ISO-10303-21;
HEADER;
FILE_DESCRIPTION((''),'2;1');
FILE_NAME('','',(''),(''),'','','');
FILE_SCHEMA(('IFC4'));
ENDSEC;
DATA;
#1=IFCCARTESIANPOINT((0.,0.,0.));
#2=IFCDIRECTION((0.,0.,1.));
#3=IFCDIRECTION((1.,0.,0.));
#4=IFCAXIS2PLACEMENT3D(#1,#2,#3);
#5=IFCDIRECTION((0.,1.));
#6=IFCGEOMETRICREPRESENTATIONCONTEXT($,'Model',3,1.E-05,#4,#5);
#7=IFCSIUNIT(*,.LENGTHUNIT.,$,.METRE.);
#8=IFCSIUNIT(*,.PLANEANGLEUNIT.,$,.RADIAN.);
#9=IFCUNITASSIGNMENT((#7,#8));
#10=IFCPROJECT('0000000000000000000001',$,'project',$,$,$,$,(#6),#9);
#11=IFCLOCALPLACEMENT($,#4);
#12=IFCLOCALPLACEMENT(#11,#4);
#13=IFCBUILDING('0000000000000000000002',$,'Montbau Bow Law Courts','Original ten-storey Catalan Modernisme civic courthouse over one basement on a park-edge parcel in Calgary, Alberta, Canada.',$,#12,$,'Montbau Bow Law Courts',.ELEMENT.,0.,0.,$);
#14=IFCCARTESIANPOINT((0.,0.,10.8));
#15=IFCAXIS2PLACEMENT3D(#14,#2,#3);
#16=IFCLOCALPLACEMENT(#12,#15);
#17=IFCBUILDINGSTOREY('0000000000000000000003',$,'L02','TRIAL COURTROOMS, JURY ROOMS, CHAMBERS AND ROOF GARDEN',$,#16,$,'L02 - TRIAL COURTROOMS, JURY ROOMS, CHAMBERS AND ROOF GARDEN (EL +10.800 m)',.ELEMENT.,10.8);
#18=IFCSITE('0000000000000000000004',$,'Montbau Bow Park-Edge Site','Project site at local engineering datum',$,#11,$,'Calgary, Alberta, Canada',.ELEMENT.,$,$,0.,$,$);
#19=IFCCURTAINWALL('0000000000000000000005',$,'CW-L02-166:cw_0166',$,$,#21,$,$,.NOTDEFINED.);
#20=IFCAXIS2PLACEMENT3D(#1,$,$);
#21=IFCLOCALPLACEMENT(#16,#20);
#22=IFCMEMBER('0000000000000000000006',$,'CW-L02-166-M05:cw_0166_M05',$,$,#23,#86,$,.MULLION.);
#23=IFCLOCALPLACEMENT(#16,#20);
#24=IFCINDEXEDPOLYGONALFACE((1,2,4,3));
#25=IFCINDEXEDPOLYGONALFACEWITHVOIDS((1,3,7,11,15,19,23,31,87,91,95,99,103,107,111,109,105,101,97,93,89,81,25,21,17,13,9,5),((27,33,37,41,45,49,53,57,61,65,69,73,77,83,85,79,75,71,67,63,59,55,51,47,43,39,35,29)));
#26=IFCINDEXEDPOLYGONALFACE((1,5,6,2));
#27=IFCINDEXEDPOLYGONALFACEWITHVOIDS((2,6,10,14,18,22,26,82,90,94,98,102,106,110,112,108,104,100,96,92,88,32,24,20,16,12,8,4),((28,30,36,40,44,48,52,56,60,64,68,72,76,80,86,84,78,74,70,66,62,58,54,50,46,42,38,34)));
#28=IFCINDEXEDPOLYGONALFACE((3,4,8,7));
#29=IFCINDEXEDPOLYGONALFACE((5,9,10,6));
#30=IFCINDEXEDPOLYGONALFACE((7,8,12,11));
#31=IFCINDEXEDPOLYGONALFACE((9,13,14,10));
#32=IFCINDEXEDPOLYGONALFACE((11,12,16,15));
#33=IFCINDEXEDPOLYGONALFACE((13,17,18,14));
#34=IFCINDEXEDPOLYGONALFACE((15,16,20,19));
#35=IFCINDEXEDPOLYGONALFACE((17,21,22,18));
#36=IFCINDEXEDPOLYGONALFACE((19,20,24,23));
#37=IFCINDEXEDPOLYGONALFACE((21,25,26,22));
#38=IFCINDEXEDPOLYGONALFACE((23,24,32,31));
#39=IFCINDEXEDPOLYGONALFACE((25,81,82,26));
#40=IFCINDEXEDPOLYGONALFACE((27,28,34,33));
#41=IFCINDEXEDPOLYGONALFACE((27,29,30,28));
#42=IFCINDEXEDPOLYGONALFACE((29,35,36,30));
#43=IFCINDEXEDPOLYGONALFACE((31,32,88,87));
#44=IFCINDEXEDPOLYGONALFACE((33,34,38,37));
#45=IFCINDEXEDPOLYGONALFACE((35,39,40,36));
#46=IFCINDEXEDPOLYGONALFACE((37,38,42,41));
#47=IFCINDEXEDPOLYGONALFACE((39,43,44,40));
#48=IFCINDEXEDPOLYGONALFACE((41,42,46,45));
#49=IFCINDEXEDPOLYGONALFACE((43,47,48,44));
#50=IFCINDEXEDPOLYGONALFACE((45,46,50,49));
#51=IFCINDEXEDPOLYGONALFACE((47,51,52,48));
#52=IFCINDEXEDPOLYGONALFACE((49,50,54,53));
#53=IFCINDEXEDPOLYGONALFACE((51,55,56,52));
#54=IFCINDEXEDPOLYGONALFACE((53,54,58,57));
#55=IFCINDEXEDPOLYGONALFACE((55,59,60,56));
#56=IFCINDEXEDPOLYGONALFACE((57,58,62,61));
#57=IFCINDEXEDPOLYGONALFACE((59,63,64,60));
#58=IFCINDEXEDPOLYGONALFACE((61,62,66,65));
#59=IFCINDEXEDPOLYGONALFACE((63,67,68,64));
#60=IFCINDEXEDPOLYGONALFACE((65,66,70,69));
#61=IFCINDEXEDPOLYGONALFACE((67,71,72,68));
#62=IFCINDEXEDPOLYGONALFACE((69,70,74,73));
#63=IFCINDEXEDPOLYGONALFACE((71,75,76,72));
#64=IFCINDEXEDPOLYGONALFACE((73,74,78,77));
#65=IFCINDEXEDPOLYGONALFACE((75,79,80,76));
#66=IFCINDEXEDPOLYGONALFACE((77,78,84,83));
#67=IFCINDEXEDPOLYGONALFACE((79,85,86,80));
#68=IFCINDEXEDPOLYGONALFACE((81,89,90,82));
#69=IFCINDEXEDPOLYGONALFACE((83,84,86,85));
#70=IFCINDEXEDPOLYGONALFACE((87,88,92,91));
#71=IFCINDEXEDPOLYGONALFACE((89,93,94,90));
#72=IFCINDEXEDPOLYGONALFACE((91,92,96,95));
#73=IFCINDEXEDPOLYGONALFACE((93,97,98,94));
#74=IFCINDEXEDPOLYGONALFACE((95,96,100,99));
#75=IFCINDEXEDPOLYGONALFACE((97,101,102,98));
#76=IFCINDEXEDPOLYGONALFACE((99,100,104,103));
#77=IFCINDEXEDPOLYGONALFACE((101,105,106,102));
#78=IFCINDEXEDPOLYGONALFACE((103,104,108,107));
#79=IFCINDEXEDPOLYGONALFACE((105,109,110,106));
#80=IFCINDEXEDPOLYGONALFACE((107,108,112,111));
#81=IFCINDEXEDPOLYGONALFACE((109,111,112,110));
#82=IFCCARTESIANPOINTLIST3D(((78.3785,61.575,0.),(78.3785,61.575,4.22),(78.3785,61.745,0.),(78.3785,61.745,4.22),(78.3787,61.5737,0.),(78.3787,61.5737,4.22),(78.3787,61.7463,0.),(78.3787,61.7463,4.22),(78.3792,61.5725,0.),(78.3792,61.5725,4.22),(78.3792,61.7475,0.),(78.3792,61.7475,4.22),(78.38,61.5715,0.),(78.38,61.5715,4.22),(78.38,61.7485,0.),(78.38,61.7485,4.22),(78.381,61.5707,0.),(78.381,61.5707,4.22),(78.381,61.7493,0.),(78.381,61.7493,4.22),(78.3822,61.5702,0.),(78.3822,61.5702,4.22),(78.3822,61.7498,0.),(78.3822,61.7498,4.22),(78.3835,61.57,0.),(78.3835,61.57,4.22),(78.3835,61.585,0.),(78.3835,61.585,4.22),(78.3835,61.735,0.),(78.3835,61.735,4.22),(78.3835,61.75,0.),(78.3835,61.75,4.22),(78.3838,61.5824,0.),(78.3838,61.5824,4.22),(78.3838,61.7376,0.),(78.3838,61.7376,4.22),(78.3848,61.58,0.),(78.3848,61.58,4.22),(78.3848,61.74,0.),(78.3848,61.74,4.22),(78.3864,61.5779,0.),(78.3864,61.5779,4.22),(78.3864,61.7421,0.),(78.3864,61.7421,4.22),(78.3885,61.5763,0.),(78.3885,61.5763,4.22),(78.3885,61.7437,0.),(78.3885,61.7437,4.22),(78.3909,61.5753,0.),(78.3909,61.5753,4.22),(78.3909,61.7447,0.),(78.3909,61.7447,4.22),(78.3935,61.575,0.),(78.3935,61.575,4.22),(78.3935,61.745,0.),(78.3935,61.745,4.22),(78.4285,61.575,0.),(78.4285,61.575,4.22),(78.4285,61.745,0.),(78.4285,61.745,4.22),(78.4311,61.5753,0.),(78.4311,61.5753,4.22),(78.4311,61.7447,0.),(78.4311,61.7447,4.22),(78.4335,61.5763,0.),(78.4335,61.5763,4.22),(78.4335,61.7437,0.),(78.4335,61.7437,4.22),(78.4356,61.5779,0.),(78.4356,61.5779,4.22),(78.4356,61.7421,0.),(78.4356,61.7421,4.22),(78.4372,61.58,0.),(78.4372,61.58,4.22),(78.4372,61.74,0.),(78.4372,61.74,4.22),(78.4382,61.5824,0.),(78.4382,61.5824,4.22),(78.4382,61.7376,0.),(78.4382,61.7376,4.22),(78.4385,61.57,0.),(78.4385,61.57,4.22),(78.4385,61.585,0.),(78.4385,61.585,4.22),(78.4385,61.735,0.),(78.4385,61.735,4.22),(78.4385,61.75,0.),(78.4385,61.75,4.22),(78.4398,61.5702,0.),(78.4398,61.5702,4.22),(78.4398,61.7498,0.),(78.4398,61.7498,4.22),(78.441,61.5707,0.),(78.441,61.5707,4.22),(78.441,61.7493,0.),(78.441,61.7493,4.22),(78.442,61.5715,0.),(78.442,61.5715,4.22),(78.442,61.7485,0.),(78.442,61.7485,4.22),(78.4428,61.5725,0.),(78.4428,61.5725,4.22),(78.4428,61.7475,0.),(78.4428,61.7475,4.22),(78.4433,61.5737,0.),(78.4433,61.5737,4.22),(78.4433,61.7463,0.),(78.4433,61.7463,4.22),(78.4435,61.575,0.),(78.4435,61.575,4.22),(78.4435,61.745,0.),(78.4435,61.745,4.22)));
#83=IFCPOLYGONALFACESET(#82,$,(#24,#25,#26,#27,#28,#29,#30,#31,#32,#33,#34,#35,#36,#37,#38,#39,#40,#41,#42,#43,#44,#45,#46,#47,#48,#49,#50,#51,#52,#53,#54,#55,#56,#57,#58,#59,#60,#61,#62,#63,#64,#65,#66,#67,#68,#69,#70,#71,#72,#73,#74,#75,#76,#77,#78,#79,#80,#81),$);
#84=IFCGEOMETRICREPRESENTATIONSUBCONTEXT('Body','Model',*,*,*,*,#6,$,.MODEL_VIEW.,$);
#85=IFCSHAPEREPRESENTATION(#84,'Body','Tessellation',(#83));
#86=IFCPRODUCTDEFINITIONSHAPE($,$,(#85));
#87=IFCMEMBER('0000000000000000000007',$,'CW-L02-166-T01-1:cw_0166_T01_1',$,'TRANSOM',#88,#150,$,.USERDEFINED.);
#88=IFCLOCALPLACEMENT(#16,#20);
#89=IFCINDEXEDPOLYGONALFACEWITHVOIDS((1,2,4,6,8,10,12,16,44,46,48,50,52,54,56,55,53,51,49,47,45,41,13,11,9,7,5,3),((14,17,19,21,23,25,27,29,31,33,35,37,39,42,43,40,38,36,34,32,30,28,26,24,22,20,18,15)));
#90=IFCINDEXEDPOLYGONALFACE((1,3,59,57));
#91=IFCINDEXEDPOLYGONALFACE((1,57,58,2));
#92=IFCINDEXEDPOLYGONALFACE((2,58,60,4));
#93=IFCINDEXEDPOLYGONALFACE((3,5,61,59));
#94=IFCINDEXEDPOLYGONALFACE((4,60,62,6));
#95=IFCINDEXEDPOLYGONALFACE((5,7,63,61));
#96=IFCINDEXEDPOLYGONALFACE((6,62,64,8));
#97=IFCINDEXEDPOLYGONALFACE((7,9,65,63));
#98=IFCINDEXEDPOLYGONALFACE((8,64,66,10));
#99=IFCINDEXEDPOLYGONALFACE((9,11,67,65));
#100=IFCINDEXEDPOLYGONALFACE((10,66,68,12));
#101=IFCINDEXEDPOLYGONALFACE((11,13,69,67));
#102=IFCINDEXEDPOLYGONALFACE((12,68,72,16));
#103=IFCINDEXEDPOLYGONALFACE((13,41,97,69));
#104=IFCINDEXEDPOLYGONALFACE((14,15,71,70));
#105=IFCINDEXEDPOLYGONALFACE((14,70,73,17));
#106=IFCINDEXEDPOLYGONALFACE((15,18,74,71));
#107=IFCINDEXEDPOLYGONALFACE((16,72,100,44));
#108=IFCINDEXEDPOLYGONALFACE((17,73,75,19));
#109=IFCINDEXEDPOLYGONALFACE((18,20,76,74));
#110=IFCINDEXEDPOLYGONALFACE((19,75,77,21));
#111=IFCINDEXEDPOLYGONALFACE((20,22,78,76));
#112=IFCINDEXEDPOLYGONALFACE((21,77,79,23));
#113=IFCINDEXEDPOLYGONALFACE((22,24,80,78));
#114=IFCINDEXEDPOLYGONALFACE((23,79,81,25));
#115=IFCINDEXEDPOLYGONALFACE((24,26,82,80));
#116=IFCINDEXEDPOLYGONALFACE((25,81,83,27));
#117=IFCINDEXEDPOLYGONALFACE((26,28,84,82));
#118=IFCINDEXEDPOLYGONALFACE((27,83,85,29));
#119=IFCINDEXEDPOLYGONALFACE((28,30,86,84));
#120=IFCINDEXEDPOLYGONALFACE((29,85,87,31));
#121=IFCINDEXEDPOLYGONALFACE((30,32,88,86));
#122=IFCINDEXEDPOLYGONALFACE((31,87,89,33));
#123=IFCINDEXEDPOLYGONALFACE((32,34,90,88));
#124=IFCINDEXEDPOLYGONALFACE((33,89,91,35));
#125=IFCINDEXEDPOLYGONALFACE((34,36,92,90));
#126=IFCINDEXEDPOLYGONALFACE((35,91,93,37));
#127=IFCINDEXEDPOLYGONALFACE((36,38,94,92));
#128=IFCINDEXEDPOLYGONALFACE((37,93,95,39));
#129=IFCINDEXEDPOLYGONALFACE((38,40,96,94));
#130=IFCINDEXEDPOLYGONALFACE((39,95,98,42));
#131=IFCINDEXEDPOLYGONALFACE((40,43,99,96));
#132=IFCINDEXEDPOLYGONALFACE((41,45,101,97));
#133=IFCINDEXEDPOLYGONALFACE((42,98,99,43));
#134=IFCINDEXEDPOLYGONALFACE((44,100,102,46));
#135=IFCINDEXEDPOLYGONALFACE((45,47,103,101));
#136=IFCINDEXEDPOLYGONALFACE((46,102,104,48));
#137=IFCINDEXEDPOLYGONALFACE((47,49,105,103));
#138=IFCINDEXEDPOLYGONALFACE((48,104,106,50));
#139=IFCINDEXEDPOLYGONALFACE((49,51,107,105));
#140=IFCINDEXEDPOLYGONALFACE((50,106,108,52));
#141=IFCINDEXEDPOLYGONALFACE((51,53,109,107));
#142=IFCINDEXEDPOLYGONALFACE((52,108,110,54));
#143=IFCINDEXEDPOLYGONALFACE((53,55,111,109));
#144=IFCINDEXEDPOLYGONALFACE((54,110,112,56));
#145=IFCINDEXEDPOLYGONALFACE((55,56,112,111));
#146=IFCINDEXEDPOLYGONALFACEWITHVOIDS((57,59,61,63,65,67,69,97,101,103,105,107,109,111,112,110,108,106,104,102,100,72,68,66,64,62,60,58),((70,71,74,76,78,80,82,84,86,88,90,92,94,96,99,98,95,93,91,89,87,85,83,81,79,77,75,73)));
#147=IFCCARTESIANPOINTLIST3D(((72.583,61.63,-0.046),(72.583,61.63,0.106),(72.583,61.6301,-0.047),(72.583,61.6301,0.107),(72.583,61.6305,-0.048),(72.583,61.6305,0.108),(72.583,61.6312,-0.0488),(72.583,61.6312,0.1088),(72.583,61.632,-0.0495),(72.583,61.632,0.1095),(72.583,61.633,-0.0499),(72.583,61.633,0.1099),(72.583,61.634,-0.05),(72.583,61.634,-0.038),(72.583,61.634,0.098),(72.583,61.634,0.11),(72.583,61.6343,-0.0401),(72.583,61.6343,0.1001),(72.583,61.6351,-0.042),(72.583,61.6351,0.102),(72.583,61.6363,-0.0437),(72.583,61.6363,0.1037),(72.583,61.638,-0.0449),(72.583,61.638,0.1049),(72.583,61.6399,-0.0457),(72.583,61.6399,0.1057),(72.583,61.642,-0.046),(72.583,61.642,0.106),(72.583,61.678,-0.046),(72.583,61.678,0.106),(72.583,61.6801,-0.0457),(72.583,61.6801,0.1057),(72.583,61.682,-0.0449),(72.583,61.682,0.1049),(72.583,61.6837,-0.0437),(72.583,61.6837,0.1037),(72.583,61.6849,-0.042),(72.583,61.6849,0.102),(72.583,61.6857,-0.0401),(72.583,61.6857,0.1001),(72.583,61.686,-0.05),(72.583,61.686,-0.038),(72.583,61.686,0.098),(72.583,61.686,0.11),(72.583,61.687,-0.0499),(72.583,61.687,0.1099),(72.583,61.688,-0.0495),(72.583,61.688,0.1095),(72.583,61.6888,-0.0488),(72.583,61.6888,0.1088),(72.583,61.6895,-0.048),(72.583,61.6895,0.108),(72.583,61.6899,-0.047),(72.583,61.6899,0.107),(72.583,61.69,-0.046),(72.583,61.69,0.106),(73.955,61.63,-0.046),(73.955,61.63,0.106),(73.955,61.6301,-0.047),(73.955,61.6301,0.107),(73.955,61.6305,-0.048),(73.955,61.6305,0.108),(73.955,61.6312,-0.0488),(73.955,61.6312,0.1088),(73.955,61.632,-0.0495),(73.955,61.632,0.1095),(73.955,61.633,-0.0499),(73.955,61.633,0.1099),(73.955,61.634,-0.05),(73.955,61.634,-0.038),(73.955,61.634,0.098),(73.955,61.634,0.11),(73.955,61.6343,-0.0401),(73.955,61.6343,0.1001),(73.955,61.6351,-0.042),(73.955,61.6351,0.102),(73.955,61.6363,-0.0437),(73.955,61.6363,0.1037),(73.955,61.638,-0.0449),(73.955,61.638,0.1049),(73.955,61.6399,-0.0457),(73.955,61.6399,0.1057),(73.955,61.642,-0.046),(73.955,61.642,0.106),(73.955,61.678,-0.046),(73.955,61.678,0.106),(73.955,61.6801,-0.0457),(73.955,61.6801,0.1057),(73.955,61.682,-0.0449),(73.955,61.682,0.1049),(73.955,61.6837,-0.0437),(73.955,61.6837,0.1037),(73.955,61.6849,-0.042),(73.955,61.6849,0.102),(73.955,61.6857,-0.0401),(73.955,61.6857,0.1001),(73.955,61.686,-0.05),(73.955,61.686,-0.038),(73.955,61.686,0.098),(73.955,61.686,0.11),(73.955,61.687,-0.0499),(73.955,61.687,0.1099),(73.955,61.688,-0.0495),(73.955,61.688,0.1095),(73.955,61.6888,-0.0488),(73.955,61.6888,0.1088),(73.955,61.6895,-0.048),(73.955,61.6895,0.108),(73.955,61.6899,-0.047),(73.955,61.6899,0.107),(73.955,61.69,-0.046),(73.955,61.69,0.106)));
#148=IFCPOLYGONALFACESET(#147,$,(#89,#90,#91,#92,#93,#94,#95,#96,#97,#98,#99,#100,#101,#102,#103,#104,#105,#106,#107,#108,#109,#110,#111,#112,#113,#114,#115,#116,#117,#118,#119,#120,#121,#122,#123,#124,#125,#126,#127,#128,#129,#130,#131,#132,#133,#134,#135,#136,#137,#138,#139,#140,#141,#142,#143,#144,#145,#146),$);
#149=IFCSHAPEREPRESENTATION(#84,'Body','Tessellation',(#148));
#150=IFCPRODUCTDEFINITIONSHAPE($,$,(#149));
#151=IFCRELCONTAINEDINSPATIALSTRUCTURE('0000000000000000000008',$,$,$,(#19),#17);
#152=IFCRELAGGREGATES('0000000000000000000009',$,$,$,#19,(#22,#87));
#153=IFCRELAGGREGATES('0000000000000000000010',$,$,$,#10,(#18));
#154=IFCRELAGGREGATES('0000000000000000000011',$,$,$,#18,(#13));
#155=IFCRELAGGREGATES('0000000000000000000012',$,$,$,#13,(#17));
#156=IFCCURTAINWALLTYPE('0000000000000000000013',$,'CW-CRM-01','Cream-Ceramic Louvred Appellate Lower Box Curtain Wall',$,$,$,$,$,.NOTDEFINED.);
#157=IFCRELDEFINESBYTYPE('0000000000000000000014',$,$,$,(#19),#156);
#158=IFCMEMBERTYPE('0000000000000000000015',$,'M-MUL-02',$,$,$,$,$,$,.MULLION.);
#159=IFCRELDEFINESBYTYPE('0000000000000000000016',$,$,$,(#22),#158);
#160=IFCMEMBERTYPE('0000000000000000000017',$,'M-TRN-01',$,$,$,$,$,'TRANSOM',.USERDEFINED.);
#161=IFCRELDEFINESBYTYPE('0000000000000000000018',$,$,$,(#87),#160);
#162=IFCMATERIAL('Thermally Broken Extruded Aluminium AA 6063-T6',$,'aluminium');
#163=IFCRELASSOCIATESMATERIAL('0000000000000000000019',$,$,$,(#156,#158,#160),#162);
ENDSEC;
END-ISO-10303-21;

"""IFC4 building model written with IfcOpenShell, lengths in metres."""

from ifc_helpers import new_model, si_unit, direction, frame, origin_with_axes, origin_2d_with_axis, place, context, subcontext, project, spatial, hollow_rectangle, extrude, material, material_profile, profile_set, type_object, element, aggregate, save


model = new_model("IFC4")

# Units and contexts
model_context = context("Model", 3, precision=1e-05, world=origin_with_axes(), true_north=direction((0.0, 1.0)))
body_context = subcontext(model_context, "Body", "Model", "MODEL_VIEW")
ifc_project = project(units=[si_unit("LENGTHUNIT", "METRE"), si_unit("PLANEANGLEUNIT", "RADIAN")], contexts=[model_context])

# Site, building, storey
site_placement = place(None, origin_with_axes())
site = spatial("IfcSite", under=ifc_project, at=site_placement, Name="Montbau Bow Park-Edge Site", Description="Project site at local engineering datum", LongName="Calgary, Alberta, Canada", CompositionType="ELEMENT", RefElevation=0.0)
building_placement = place(site_placement, origin_with_axes())
building = spatial("IfcBuilding", under=site, at=building_placement, Name="Montbau Bow Law Courts", Description="Original ten-storey Catalan Modernisme civic courthouse over one basement on a park-edge parcel in Calgary, Alberta, Canada.", LongName="Montbau Bow Law Courts", CompositionType="ELEMENT", ElevationOfRefHeight=0.0, ElevationOfTerrain=0.0)
storey_placement = place(building_placement, frame((0.0, 0.0, 10.8), z_axis=(0.0, 0.0, 1.0), x_axis=(1.0, 0.0, 0.0)))
storey = spatial("IfcBuildingStorey", under=building, at=storey_placement, Name="L02", Description="TRIAL COURTROOMS, JURY ROOMS, CHAMBERS AND ROOF GARDEN", LongName="L02 - TRIAL COURTROOMS, JURY ROOMS, CHAMBERS AND ROOF GARDEN (EL +10.800 m)", CompositionType="ELEMENT", Elevation=10.8)

# Curtain wall, members
ifc_material_1 = material(Name="Thermally Broken Extruded Aluminium AA 6063-T6", Category="aluminium")
curtain_wall_type = type_object("IfcCurtainWallType", Name="CW-CRM-01", Description="Cream-Ceramic Louvred Appellate Lower Box Curtain Wall", PredefinedType="NOTDEFINED", material=ifc_material_1)
curtain_wall_placement = place(None, frame((72.515, 61.66, 10.8), z_axis=(0.0, 0.0, 1.0), x_axis=(1.0, 0.0, 0.0)))
curtain_wall = element("IfcCurtainWall", 1, at=curtain_wall_placement, inside=storey, type_object=curtain_wall_type, Name="CW-L02-166:cw_0166", PredefinedType="NOTDEFINED")
ifc_material_profile_1 = material_profile(ifc_material_1, hollow_rectangle(XDim=0.065, YDim=0.18, WallThickness=0.005, InnerFilletRadius=0.01, OuterFilletRadius=0.005, at=origin_2d_with_axis()), Name="CWM-180X65", Category="Main", Priority=0)
ifc_profile_set_1 = profile_set([ifc_material_profile_1], Name="Thermally Broken Extruded Aluminium AA 6063-T6")
member_type_1 = type_object("IfcMemberType", Name="M-MUL-02", PredefinedType="MULLION", material=ifc_profile_set_1)
member_1_placement = place(None, frame((78.411, 61.66, 10.8), z_axis=(0.0, 0.0, 1.0), x_axis=(1.0, 0.0, 0.0)))
member_1 = element("IfcMember", 2, at=member_1_placement, type_object=member_type_1, Name="CW-L02-166-M05:cw_0166_M05", PredefinedType="MULLION", context=body_context, shape_type="SweptSolid", body=[
    extrude(hollow_rectangle(XDim=0.065, YDim=0.18, WallThickness=0.005, InnerFilletRadius=0.01, OuterFilletRadius=0.005, at=origin_2d_with_axis()), origin_with_axes(), (0.0, 0.0, 1.0), 4.22),
])
ifc_material_profile_2 = material_profile(ifc_material_1, hollow_rectangle(XDim=0.06, YDim=0.16, WallThickness=0.004, InnerFilletRadius=0.008, OuterFilletRadius=0.004, at=origin_2d_with_axis()), Name="CWT-160X60", Category="Main", Priority=0)
ifc_profile_set_2 = profile_set([ifc_material_profile_2], Name="Thermally Broken Extruded Aluminium AA 6063-T6")
member_type_2 = type_object("IfcMemberType", Name="M-TRN-01", ElementType="TRANSOM", PredefinedType="USERDEFINED", material=ifc_profile_set_2)
member_2_placement = place(None, frame((72.583, 61.66, 10.83), z_axis=(1.0, 0.0, 0.0), x_axis=(0.0, 1.0, 0.0)))
member_2 = element("IfcMember", 3, at=member_2_placement, type_object=member_type_2, Name="CW-L02-166-T01-1:cw_0166_T01_1", ObjectType="TRANSOM", PredefinedType="USERDEFINED", context=body_context, shape_type="SweptSolid", body=[
    extrude(hollow_rectangle(XDim=0.06, YDim=0.16, WallThickness=0.004, InnerFilletRadius=0.008, OuterFilletRadius=0.004, at=origin_2d_with_axis()), origin_with_axes(), (0.0, 0.0, 1.0), 1.372),
])
aggregate(curtain_wall, [member_1, member_2])

save(model, "model.ifc")
